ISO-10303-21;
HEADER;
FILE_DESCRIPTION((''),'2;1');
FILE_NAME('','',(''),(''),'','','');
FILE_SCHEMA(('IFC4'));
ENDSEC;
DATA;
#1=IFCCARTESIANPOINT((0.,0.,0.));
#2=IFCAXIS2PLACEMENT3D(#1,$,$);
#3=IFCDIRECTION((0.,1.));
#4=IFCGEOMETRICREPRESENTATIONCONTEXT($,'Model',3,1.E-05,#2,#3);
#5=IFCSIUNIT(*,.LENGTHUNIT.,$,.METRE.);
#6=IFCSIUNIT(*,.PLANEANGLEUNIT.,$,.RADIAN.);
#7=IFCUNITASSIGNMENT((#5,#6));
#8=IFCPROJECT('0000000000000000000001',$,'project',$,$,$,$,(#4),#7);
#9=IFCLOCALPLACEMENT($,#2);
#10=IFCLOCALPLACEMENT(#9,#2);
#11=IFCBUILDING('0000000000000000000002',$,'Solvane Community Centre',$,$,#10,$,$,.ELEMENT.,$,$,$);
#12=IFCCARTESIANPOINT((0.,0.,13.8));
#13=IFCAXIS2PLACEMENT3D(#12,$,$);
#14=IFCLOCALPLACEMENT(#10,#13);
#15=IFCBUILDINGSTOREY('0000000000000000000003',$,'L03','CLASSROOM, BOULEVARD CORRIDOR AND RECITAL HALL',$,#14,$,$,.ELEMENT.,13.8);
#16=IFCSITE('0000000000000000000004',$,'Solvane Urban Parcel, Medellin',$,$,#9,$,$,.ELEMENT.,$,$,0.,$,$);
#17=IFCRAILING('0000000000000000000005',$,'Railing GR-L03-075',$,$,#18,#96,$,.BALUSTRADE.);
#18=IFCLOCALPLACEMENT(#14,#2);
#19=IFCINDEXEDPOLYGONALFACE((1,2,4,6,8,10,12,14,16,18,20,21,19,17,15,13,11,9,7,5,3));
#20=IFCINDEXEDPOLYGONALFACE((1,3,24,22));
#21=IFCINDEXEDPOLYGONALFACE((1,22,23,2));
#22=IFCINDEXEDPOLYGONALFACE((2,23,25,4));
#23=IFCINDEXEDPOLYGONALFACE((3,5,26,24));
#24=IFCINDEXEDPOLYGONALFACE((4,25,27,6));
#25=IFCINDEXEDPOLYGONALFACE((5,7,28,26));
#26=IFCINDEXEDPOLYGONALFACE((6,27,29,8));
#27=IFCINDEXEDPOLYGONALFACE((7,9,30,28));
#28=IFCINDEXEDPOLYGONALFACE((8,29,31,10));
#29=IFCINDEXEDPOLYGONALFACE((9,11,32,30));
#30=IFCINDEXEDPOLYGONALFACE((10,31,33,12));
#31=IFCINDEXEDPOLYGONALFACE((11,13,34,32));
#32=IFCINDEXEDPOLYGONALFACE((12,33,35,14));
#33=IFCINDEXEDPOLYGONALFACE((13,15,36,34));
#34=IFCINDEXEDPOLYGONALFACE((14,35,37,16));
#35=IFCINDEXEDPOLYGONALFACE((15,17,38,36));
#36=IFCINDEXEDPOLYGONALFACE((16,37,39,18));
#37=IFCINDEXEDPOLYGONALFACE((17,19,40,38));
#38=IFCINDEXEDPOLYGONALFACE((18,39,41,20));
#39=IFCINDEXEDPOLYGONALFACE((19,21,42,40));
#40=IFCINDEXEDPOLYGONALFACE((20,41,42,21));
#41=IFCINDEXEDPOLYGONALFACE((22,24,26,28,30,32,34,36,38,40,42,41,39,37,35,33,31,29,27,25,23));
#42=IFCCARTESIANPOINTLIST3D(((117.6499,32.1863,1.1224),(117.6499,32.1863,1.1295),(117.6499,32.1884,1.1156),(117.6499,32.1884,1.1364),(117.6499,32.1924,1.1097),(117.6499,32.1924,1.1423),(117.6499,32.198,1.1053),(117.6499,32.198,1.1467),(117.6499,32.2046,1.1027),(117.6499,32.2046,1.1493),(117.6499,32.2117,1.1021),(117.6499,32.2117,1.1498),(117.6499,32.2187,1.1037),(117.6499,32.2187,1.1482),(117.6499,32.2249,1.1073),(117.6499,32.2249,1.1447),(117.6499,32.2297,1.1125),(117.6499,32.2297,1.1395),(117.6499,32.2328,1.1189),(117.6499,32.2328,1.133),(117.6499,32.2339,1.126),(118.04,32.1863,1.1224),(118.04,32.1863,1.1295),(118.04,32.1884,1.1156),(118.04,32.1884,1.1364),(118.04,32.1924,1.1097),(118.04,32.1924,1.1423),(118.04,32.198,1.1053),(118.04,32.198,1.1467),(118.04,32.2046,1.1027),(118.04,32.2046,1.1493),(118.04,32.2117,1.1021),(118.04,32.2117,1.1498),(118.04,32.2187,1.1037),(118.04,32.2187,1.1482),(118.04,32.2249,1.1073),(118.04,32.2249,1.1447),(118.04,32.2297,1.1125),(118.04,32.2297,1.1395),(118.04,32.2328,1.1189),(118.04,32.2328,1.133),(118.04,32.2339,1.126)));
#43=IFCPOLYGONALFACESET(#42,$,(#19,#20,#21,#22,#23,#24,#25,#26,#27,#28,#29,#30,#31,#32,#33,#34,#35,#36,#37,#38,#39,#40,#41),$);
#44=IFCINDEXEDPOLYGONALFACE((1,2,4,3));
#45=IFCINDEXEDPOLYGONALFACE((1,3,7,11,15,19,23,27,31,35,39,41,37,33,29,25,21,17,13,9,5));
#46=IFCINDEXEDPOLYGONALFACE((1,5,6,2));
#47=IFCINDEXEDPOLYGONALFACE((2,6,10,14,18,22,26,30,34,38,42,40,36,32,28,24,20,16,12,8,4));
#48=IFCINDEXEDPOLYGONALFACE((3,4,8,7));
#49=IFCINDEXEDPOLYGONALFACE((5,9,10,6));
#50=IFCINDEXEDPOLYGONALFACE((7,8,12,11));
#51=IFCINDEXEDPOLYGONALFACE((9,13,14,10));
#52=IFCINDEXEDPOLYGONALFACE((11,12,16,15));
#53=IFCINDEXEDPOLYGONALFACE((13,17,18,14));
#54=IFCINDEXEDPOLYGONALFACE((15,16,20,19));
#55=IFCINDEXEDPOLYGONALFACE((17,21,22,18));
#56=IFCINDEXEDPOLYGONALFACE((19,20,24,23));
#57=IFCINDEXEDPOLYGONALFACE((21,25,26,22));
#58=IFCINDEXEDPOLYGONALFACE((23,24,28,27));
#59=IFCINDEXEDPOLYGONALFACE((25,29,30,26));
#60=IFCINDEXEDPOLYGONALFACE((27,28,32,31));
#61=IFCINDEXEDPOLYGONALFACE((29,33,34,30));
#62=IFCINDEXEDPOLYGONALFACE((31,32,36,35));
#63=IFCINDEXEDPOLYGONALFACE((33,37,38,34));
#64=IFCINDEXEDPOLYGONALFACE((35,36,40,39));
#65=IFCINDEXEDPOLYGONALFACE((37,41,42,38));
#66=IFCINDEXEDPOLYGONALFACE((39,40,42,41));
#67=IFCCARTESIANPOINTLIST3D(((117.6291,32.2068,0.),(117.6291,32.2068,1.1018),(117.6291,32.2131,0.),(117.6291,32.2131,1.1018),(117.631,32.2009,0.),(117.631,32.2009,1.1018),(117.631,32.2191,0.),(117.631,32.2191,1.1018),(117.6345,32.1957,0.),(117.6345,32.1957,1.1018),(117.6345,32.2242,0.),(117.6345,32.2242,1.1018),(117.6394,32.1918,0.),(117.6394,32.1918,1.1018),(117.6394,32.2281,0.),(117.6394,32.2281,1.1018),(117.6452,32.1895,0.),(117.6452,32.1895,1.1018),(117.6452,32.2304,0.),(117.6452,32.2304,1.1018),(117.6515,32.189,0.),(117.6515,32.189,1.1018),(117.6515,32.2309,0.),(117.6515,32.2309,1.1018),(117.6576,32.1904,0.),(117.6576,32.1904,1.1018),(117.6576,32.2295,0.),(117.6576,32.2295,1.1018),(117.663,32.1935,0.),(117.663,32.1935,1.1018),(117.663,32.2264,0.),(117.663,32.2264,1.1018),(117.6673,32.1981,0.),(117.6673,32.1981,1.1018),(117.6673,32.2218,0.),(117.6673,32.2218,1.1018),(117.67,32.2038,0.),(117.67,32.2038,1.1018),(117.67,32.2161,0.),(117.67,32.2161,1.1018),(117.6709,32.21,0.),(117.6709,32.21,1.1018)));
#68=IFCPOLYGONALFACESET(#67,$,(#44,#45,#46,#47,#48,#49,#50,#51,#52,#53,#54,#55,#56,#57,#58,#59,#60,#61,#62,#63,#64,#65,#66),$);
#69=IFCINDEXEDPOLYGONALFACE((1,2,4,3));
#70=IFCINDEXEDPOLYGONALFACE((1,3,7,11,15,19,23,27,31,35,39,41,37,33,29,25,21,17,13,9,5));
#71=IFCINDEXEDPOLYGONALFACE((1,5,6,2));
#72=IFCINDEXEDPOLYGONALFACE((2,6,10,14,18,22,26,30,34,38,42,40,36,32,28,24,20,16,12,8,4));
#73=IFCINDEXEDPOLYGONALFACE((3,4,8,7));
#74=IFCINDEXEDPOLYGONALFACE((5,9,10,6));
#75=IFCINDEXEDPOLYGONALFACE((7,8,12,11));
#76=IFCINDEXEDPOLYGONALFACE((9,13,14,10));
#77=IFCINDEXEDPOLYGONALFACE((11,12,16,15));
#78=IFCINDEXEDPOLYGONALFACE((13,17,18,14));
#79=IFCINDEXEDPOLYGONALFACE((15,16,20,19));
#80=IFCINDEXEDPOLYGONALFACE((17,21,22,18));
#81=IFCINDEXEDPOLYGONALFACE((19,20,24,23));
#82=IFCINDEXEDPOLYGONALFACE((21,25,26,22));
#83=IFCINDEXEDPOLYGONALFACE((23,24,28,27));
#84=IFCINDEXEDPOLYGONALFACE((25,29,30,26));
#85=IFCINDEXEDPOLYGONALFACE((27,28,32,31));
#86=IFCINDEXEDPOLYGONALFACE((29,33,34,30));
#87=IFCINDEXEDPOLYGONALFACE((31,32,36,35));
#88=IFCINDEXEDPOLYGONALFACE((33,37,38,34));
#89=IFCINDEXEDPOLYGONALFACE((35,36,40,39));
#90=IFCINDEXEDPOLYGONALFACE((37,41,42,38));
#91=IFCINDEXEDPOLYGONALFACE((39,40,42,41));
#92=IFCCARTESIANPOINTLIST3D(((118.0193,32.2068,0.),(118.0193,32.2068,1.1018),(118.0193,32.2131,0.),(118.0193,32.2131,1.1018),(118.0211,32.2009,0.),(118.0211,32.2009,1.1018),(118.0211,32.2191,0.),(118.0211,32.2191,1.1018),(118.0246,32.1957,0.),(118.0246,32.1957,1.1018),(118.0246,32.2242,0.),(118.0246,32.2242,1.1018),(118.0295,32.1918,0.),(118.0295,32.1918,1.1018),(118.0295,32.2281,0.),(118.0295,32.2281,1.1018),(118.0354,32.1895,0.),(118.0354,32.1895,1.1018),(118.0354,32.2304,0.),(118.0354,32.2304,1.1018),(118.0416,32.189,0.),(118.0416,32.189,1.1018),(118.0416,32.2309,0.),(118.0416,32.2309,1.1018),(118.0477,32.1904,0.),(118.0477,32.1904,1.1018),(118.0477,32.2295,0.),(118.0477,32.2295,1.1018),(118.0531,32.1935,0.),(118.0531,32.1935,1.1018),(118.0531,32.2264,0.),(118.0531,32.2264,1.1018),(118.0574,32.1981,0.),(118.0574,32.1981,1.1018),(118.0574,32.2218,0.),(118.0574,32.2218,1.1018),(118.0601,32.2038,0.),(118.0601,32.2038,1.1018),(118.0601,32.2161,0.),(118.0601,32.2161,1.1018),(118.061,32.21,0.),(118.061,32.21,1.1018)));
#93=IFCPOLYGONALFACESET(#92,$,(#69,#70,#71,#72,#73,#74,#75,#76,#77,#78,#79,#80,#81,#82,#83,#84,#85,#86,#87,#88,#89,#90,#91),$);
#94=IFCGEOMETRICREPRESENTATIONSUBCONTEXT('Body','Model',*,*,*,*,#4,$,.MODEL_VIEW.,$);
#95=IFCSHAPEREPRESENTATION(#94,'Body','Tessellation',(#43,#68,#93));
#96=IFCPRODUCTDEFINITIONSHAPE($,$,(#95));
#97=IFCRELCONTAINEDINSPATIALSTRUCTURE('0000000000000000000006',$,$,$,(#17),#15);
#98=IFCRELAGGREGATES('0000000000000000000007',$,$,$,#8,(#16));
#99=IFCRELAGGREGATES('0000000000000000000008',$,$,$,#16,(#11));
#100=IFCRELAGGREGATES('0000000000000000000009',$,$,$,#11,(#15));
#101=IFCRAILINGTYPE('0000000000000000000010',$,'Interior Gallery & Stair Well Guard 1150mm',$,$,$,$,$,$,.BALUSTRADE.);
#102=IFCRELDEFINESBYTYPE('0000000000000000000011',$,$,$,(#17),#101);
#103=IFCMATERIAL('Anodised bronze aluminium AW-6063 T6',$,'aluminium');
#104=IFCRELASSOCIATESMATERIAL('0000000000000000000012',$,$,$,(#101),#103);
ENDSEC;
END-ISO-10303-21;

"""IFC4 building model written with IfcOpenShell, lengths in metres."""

from ifc_helpers import new_model, si_unit, direction, frame, origin, origin_2d, place, context, subcontext, project, spatial, circle, extrude, material, type_object, element, save


model = new_model("IFC4")

# Units and contexts
model_context = context("Model", 3, precision=1e-05, world=origin(), true_north=direction((0.0, 1.0)))
body_context = subcontext(model_context, "Body", "Model", "MODEL_VIEW")
ifc_project = project(units=[si_unit("LENGTHUNIT", "METRE"), si_unit("PLANEANGLEUNIT", "RADIAN")], contexts=[model_context])

# Site, building, storey
site_placement = place(None, origin())
site = spatial("IfcSite", under=ifc_project, at=site_placement, Name="Solvane Urban Parcel, Medellin", CompositionType="ELEMENT", RefElevation=0.0)
building_placement = place(site_placement, origin())
building = spatial("IfcBuilding", under=site, at=building_placement, Name="Solvane Community Centre", CompositionType="ELEMENT")
storey_placement = place(building_placement, frame((0.0, 0.0, 13.8)))
storey = spatial("IfcBuildingStorey", under=building, at=storey_placement, Name="L03", Description="CLASSROOM, BOULEVARD CORRIDOR AND RECITAL HALL", CompositionType="ELEMENT", Elevation=13.8)

# Shared definitions
ifc_material_1 = material(Name="Anodised bronze aluminium AW-6063 T6", Category="aluminium")

# Railing
railing_type_1 = type_object("IfcRailingType", Name="Interior Gallery & Stair Well Guard 1150mm", PredefinedType="BALUSTRADE", material=ifc_material_1)
railing_1_placement = place(storey_placement, frame((117.6499, 32.21, 0.0)))
element("IfcRailing", 1, at=railing_1_placement, inside=storey, type_object=railing_type_1, Name="Railing GR-L03-075", PredefinedType="BALUSTRADE", context=body_context, shape_type="SweptSolid", body=[
    extrude(circle(Radius=0.0239, at=origin_2d()), frame((0.0, 0.0, 1.126), z_axis=(1.0, 0.0, 0.0), x_axis=(0.0, 1.0, 0.0)), (0.0, 0.0, 1.0), 0.3901),
    extrude(circle(Radius=0.021, at=origin_2d()), origin(), (0.0, 0.0, 1.0), 1.1018),
    extrude(circle(Radius=0.021, at=origin_2d()), frame((0.3901, 0.0, 0.0)), (0.0, 0.0, 1.0), 1.1018),
])

save(model, "model.ifc")
